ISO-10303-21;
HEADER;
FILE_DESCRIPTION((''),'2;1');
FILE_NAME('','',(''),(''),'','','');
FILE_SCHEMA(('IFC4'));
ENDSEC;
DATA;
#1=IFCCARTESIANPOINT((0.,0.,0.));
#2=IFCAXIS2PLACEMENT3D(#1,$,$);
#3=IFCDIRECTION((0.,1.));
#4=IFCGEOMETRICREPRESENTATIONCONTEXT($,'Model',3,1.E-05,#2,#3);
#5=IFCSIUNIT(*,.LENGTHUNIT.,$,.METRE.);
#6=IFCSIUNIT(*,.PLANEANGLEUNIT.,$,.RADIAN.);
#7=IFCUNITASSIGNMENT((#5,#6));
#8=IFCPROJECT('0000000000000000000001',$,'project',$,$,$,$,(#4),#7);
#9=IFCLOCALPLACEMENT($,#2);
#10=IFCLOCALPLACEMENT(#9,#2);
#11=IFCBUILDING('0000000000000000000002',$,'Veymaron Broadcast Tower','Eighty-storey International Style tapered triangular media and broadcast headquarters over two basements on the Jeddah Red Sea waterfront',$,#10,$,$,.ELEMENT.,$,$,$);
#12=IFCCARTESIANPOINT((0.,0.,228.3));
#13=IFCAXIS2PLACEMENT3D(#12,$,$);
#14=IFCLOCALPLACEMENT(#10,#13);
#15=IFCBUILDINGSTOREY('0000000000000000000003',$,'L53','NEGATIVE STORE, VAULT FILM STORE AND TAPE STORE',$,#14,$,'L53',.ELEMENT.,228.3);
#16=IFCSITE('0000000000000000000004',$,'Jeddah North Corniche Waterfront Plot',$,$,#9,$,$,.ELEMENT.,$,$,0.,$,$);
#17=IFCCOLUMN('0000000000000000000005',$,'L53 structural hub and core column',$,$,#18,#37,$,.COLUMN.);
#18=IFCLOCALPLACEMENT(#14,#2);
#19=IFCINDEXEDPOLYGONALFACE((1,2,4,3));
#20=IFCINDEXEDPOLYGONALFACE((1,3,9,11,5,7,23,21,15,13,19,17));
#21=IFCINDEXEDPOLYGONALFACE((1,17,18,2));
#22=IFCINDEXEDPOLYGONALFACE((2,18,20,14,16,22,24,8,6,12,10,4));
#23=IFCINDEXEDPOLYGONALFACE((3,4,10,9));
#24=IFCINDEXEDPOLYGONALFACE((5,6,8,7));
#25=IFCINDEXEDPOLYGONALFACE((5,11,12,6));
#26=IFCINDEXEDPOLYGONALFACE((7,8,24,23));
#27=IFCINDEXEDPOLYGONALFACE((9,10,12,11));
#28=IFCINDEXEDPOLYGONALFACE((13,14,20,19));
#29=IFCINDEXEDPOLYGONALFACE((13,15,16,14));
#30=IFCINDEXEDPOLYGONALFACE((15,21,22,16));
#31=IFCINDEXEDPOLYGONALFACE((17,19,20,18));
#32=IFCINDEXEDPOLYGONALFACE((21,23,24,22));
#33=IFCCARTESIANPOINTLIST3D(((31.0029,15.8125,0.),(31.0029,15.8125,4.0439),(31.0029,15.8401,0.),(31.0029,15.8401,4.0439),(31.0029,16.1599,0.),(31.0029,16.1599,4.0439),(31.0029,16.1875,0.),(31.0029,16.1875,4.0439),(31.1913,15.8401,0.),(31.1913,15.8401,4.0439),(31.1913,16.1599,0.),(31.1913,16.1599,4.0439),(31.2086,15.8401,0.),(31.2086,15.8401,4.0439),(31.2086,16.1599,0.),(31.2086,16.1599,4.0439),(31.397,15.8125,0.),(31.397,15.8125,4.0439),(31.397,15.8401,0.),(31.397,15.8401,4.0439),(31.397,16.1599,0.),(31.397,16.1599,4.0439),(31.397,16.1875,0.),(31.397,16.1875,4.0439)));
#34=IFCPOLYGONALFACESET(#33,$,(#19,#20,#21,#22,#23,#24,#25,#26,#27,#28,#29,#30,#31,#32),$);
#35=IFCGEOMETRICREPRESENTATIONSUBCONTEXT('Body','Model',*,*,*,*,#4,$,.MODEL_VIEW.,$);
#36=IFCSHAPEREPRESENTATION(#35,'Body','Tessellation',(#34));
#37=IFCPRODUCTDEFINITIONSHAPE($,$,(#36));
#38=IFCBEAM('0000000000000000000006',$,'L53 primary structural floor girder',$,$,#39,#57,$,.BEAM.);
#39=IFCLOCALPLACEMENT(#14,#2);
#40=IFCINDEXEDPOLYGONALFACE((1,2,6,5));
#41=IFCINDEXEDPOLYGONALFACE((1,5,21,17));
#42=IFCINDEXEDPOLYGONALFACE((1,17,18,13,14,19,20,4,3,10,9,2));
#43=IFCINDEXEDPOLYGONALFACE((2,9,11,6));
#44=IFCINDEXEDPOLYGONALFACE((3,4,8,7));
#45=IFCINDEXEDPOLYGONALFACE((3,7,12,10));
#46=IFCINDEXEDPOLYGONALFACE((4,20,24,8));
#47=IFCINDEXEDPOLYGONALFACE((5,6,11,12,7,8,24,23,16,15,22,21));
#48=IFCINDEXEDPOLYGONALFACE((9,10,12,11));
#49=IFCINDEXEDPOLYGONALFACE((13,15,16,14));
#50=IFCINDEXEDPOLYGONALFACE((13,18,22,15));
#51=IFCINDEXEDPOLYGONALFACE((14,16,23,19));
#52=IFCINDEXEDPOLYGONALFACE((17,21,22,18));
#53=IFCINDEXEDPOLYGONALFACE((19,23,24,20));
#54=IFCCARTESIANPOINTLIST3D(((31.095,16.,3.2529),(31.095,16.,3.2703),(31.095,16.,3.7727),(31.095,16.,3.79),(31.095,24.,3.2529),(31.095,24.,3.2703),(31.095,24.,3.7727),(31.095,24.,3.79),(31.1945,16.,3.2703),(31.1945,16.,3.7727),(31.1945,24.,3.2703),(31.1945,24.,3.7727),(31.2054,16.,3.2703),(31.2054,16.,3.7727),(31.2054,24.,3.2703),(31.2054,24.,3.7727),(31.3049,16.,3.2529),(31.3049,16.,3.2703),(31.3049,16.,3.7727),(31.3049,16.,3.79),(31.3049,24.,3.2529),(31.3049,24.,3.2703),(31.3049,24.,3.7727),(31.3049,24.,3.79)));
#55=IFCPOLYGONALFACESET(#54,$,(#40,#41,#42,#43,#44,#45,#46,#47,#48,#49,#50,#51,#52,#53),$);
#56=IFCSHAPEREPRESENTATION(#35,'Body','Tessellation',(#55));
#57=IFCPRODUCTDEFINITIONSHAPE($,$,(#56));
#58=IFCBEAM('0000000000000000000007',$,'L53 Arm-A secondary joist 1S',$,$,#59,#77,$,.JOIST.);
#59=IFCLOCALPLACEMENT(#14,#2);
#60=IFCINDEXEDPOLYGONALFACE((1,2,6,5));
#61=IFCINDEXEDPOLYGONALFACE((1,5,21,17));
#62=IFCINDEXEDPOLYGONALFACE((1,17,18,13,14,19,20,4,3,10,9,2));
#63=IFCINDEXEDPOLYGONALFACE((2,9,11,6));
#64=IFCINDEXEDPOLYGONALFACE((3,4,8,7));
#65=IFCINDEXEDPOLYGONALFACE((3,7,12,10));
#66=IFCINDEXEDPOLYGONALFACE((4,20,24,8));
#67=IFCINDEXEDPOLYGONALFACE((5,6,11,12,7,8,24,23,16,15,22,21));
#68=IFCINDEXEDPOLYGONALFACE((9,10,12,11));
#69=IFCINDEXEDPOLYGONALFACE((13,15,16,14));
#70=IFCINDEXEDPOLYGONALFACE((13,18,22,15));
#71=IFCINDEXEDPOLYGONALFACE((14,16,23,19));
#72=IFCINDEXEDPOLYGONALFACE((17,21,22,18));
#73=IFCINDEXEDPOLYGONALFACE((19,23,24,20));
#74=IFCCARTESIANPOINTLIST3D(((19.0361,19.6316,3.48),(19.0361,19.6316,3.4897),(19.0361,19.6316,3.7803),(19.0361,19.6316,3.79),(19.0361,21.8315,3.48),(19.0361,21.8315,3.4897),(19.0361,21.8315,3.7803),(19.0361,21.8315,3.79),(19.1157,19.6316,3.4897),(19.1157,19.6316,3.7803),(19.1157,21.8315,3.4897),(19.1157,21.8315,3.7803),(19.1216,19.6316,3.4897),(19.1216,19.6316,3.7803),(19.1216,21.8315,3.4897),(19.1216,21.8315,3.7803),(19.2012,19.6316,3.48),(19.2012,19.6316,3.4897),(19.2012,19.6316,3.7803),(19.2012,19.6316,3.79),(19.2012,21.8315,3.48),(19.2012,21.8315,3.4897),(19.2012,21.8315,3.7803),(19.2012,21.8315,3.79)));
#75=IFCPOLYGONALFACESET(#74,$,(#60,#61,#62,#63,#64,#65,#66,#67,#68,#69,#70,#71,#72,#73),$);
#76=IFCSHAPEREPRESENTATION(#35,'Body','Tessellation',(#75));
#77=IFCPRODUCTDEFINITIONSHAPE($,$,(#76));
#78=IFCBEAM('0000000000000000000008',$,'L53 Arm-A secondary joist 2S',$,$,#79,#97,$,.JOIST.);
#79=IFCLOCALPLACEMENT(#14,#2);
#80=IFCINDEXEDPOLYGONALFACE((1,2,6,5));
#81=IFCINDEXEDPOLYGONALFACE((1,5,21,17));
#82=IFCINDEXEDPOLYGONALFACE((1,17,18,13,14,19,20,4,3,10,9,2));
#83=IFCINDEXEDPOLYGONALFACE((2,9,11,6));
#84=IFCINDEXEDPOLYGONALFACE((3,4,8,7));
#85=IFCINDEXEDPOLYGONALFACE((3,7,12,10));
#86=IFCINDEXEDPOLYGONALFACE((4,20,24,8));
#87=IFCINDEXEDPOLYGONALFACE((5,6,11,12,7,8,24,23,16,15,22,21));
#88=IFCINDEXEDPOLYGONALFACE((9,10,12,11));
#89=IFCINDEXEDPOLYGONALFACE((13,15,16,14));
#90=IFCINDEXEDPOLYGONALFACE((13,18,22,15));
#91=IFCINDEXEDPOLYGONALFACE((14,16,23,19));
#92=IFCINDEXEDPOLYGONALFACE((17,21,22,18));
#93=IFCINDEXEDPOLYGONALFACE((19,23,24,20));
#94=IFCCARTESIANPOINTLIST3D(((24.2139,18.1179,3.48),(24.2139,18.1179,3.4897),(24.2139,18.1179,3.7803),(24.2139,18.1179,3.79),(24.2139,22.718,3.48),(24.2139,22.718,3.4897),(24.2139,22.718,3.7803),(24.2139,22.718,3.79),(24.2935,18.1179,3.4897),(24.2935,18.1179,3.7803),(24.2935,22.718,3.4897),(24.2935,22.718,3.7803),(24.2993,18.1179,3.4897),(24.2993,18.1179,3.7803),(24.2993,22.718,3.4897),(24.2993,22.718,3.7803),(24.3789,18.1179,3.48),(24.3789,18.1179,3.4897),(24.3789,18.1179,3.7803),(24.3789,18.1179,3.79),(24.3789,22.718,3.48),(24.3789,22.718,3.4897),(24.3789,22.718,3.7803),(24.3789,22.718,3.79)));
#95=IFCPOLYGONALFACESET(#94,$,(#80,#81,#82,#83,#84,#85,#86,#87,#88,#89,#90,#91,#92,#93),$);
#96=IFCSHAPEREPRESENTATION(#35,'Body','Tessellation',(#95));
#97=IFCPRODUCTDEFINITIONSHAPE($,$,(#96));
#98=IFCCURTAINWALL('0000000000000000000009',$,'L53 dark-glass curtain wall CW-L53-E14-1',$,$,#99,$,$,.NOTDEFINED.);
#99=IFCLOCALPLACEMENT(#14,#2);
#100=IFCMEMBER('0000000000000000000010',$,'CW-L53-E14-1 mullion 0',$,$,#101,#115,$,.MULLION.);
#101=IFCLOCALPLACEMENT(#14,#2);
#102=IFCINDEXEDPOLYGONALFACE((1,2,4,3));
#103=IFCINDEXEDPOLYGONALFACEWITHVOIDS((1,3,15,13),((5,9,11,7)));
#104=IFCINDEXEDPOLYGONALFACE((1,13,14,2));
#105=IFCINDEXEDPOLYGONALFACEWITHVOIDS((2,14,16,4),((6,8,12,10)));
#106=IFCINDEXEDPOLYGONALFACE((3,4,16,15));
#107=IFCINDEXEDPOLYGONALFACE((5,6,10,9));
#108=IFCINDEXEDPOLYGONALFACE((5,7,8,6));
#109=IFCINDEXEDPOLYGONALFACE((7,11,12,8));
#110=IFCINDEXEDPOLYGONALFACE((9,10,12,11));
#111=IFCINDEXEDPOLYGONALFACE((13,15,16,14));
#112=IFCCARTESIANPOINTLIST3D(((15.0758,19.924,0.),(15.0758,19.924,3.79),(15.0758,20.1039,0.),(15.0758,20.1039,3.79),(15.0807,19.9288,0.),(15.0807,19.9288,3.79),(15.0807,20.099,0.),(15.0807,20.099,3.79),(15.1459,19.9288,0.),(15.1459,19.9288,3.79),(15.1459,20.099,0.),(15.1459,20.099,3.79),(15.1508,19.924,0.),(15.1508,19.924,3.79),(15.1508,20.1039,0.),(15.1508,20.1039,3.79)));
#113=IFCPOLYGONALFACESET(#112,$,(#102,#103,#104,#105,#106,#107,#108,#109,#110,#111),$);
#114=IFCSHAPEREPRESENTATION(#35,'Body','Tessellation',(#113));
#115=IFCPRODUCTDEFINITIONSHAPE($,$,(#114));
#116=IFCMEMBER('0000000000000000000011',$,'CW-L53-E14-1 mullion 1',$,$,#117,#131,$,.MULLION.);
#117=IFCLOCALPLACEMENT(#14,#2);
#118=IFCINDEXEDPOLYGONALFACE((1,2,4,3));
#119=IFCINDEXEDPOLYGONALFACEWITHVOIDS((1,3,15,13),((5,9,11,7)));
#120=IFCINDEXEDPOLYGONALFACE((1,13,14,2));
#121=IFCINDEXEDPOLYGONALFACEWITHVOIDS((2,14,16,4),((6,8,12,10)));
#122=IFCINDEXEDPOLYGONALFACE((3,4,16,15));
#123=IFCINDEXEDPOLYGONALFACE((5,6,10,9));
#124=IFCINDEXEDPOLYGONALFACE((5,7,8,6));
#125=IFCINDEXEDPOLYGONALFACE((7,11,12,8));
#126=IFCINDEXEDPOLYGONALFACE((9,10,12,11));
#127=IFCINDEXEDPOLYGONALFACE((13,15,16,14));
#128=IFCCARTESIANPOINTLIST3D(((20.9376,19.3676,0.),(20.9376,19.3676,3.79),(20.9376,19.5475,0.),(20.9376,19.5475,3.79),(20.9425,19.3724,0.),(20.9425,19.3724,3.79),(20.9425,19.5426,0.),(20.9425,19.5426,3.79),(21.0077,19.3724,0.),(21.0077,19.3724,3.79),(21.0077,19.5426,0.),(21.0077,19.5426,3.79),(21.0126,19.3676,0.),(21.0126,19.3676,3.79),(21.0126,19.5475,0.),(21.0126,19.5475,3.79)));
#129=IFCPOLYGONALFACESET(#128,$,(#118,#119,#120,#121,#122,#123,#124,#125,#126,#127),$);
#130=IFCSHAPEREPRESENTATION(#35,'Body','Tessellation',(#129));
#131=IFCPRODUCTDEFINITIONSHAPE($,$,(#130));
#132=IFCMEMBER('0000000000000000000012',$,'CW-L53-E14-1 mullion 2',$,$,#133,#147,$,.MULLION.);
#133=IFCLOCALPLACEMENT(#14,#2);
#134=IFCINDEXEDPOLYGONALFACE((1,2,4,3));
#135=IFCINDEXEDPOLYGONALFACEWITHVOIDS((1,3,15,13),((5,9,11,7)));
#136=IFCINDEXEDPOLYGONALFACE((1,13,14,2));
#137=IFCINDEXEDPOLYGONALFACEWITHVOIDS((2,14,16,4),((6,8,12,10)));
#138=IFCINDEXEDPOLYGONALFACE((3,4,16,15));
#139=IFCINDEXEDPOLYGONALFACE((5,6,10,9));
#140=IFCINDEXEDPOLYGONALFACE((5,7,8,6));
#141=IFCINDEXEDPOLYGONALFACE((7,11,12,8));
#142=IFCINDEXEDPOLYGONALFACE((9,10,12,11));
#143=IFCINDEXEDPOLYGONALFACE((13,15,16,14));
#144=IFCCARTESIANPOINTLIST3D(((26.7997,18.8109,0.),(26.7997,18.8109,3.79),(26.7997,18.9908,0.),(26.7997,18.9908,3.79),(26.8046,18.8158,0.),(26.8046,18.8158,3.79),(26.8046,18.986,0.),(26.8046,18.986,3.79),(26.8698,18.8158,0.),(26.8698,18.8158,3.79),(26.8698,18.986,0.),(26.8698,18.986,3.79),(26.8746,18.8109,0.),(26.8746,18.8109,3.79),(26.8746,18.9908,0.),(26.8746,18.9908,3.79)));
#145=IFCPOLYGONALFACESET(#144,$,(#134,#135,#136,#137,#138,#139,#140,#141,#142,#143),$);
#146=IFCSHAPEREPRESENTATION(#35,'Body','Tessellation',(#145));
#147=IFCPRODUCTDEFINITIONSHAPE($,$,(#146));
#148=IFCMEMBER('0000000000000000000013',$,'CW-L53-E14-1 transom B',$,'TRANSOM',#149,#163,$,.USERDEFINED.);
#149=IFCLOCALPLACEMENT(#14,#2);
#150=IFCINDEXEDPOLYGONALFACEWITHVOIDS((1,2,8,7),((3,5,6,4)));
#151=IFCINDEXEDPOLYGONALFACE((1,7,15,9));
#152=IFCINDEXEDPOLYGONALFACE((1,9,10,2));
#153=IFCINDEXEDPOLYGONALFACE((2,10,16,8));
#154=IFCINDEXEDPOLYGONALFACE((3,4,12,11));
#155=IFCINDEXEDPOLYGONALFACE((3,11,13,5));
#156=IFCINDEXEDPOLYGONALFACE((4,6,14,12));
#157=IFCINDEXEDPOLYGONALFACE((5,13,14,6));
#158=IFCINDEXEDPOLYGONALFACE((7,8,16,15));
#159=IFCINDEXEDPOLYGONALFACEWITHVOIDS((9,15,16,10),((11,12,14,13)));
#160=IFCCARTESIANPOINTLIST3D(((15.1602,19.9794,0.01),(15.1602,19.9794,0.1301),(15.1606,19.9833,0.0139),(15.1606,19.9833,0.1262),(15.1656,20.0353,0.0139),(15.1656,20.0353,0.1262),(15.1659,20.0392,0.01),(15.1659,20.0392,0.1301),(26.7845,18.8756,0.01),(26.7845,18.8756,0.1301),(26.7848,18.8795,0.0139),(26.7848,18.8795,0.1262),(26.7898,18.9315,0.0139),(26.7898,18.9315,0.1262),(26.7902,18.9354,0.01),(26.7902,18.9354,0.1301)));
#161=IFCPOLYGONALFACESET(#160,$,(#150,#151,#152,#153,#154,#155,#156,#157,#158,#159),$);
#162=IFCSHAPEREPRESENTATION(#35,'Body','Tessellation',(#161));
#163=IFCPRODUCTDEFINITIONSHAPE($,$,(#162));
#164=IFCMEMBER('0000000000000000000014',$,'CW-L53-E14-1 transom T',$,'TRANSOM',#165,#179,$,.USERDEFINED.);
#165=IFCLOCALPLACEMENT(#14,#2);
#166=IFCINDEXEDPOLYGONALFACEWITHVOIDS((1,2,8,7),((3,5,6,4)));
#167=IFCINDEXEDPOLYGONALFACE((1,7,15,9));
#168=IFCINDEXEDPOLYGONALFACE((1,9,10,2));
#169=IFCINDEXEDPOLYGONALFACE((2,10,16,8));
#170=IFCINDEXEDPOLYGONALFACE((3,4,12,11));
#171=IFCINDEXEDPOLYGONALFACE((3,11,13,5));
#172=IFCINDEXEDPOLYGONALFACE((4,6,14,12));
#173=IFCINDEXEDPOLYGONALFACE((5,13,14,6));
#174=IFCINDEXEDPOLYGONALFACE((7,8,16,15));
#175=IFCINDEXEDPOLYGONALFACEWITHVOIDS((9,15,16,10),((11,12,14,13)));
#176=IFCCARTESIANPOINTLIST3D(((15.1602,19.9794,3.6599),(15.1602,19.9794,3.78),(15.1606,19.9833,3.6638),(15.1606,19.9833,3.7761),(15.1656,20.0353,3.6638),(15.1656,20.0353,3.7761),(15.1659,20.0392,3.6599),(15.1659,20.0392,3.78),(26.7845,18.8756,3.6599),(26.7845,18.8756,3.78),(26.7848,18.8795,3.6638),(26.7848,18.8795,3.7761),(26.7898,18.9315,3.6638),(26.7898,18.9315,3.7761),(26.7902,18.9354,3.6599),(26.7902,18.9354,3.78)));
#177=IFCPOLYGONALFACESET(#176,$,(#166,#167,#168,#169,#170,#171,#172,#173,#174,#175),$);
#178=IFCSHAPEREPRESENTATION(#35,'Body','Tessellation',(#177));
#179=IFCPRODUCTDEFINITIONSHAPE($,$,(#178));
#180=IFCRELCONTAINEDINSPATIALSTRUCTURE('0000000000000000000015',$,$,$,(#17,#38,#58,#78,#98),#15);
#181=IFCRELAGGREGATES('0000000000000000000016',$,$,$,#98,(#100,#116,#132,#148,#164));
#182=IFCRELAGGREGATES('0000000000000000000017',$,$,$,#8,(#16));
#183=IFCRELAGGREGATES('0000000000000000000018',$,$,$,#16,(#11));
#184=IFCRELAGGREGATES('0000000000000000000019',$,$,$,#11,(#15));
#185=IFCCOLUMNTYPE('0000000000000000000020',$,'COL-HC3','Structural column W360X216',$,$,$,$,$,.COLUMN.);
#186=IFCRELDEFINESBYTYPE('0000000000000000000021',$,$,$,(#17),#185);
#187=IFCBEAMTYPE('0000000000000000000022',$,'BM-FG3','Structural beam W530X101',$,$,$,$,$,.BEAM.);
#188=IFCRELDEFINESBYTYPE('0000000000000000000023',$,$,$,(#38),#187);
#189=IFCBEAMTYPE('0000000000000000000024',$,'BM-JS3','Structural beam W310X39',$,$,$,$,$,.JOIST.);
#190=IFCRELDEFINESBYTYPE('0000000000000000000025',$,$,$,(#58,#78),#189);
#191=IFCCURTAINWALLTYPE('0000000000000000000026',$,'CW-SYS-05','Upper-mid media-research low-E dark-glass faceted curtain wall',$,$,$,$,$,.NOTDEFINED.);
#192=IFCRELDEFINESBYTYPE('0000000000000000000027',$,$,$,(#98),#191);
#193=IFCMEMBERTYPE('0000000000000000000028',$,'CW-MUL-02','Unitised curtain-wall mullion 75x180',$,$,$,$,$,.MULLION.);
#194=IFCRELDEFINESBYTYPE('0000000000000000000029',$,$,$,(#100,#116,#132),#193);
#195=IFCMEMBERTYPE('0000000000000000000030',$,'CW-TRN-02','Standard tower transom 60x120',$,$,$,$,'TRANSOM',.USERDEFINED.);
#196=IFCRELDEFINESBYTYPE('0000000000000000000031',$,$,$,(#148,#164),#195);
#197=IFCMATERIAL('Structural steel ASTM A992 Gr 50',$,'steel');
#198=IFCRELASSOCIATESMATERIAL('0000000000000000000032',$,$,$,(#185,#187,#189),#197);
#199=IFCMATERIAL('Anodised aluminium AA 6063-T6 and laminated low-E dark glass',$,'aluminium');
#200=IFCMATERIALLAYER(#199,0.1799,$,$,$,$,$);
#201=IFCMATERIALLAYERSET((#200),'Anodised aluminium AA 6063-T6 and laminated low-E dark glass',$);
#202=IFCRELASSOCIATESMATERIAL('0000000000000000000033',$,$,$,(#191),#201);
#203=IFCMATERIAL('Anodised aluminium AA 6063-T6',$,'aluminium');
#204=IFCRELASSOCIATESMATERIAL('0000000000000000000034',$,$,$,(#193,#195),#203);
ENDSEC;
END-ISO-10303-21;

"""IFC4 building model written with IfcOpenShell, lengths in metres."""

from ifc_helpers import new_model, si_unit, direction, frame, origin, origin_2d, place, context, subcontext, project, spatial, hollow_rectangle, i_section, extrude, material, layer, layer_set, material_profile, profile_set, type_object, element, aggregate, save


model = new_model("IFC4")

# Units and contexts
model_context = context("Model", 3, precision=1e-05, world=origin(), true_north=direction((0.0, 1.0)))
body_context = subcontext(model_context, "Body", "Model", "MODEL_VIEW")
ifc_project = project(units=[si_unit("LENGTHUNIT", "METRE"), si_unit("PLANEANGLEUNIT", "RADIAN")], contexts=[model_context])

# Site, building, storey
site_placement = place(None, origin())
site = spatial("IfcSite", under=ifc_project, at=site_placement, Name="Jeddah North Corniche Waterfront Plot", CompositionType="ELEMENT", RefElevation=0.0)
building_placement = place(site_placement, origin())
building = spatial("IfcBuilding", under=site, at=building_placement, Name="Veymaron Broadcast Tower", Description="Eighty-storey International Style tapered triangular media and broadcast headquarters over two basements on the Jeddah Red Sea waterfront", CompositionType="ELEMENT")
storey_placement = place(building_placement, frame((0.0, 0.0, 228.3)))
storey = spatial("IfcBuildingStorey", under=building, at=storey_placement, Name="L53", Description="NEGATIVE STORE, VAULT FILM STORE AND TAPE STORE", LongName="L53", CompositionType="ELEMENT", Elevation=228.3)

# Column
ifc_material_1 = material(Name="Structural steel ASTM A992 Gr 50", Category="steel")
ifc_material_profile_1 = material_profile(ifc_material_1, i_section(OverallWidth=0.394, OverallDepth=0.375, WebThickness=0.0173, FlangeThickness=0.0276, at=origin_2d()), Name="W360X216")
ifc_profile_set_1 = profile_set([ifc_material_profile_1], Name="Structural steel ASTM A992 Gr 50")
column_type = type_object("IfcColumnType", Name="COL-HC3", Description="Structural column W360X216", PredefinedType="COLUMN", material=ifc_profile_set_1)
column_placement = place(storey_placement, frame((31.2, 16.0, 0.0), z_axis=(0.0, 0.0, 1.0), x_axis=(1.0, 0.0, 0.0)))
element("IfcColumn", 1, at=column_placement, inside=storey, type_object=column_type, Name="L53 structural hub and core column", PredefinedType="COLUMN", context=body_context, shape_type="SweptSolid", body=[
    extrude(i_section(OverallWidth=0.394, OverallDepth=0.375, WebThickness=0.0173, FlangeThickness=0.0276, at=origin_2d()), origin(), (0.0, 0.0, 1.0), 4.0439),
])

# Beams
ifc_material_profile_2 = material_profile(ifc_material_1, i_section(OverallWidth=0.21, OverallDepth=0.5371, WebThickness=0.011, FlangeThickness=0.0173, at=origin_2d()), Name="W530X101")
ifc_profile_set_2 = profile_set([ifc_material_profile_2], Name="Structural steel ASTM A992 Gr 50")
beam_type_1 = type_object("IfcBeamType", Name="BM-FG3", Description="Structural beam W530X101", PredefinedType="BEAM", material=ifc_profile_set_2)
beam_1_placement = place(storey_placement, frame((31.2, 16.0, 3.5215), z_axis=(0.0, 1.0, 0.0), x_axis=(-1.0, 0.0, 0.0)))
element("IfcBeam", 2, at=beam_1_placement, inside=storey, type_object=beam_type_1, Name="L53 primary structural floor girder", PredefinedType="BEAM", context=body_context, shape_type="SweptSolid", body=[
    extrude(i_section(OverallWidth=0.21, OverallDepth=0.5371, WebThickness=0.011, FlangeThickness=0.0173, at=origin_2d()), origin(), (0.0, 0.0, 1.0), 8.0),
])
ifc_material_profile_3 = material_profile(ifc_material_1, i_section(OverallWidth=0.165, OverallDepth=0.3101, WebThickness=0.0059, FlangeThickness=0.0098, at=origin_2d()), Name="W310X39")
ifc_profile_set_3 = profile_set([ifc_material_profile_3], Name="Structural steel ASTM A992 Gr 50")
beam_type_2 = type_object("IfcBeamType", Name="BM-JS3", Description="Structural beam W310X39", PredefinedType="JOIST", material=ifc_profile_set_3)
beam_2_placement = place(storey_placement, frame((19.1187, 19.6316, 3.635), z_axis=(0.0, 1.0, 0.0), x_axis=(-1.0, 0.0, 0.0)))
element("IfcBeam", 3, at=beam_2_placement, inside=storey, type_object=beam_type_2, Name="L53 Arm-A secondary joist 1S", PredefinedType="JOIST", context=body_context, shape_type="SweptSolid", body=[
    extrude(i_section(OverallWidth=0.165, OverallDepth=0.3101, WebThickness=0.0059, FlangeThickness=0.0098, at=origin_2d()), origin(), (0.0, 0.0, 1.0), 2.2),
])
beam_3_placement = place(storey_placement, frame((24.2964, 18.1179, 3.635), z_axis=(0.0, 1.0, 0.0), x_axis=(-1.0, 0.0, 0.0)))
element("IfcBeam", 4, at=beam_3_placement, inside=storey, type_object=beam_type_2, Name="L53 Arm-A secondary joist 2S", PredefinedType="JOIST", context=body_context, shape_type="SweptSolid", body=[
    extrude(i_section(OverallWidth=0.165, OverallDepth=0.3101, WebThickness=0.0059, FlangeThickness=0.0098, at=origin_2d()), origin(), (0.0, 0.0, 1.0), 4.6001),
])

# Curtain wall, members
ifc_material_2 = material(Name="Anodised aluminium AA 6063-T6 and laminated low-E dark glass", Category="aluminium")
ifc_layer_1 = layer(ifc_material_2, 0.1799)
ifc_layer_set_1 = layer_set([ifc_layer_1], Name="Anodised aluminium AA 6063-T6 and laminated low-E dark glass")
curtain_wall_type = type_object("IfcCurtainWallType", Name="CW-SYS-05", Description="Upper-mid media-research low-E dark-glass faceted curtain wall", PredefinedType="NOTDEFINED", material=ifc_layer_set_1)
curtain_wall_placement = place(storey_placement, origin())
curtain_wall = element("IfcCurtainWall", 5, at=curtain_wall_placement, inside=storey, type_object=curtain_wall_type, Name="L53 dark-glass curtain wall CW-L53-E14-1", PredefinedType="NOTDEFINED")
ifc_material_3 = material(Name="Anodised aluminium AA 6063-T6", Category="aluminium")
ifc_material_profile_4 = material_profile(ifc_material_3, hollow_rectangle(XDim=0.075, YDim=0.1799, WallThickness=0.0049, at=origin_2d()), Name="AL180X75X5")
ifc_profile_set_4 = profile_set([ifc_material_profile_4], Name="Anodised aluminium AA 6063-T6")
member_type_1 = type_object("IfcMemberType", Name="CW-MUL-02", Description="Unitised curtain-wall mullion 75x180", PredefinedType="MULLION", material=ifc_profile_set_4)
member_1_placement = place(storey_placement, frame((15.1133, 20.0139, 0.0), z_axis=(0.0, 0.0, 1.0), x_axis=(1.0, 0.0, 0.0)))
member_1 = element("IfcMember", 6, at=member_1_placement, type_object=member_type_1, Name="CW-L53-E14-1 mullion 0", PredefinedType="MULLION", context=body_context, shape_type="SweptSolid", body=[
    extrude(hollow_rectangle(XDim=0.075, YDim=0.1799, WallThickness=0.0049, at=origin_2d()), origin(), (0.0, 0.0, 1.0), 3.79),
])
member_2_placement = place(storey_placement, frame((20.9751, 19.4575, 0.0), z_axis=(0.0, 0.0, 1.0), x_axis=(1.0, 0.0, 0.0)))
member_2 = element("IfcMember", 7, at=member_2_placement, type_object=member_type_1, Name="CW-L53-E14-1 mullion 1", PredefinedType="MULLION", context=body_context, shape_type="SweptSolid", body=[
    extrude(hollow_rectangle(XDim=0.075, YDim=0.1799, WallThickness=0.0049, at=origin_2d()), origin(), (0.0, 0.0, 1.0), 3.79),
])
member_3_placement = place(storey_placement, frame((26.8372, 18.9009, 0.0), z_axis=(0.0, 0.0, 1.0), x_axis=(1.0, 0.0, 0.0)))
member_3 = element("IfcMember", 8, at=member_3_placement, type_object=member_type_1, Name="CW-L53-E14-1 mullion 2", PredefinedType="MULLION", context=body_context, shape_type="SweptSolid", body=[
    extrude(hollow_rectangle(XDim=0.075, YDim=0.1799, WallThickness=0.0049, at=origin_2d()), origin(), (0.0, 0.0, 1.0), 3.79),
])
ifc_material_profile_5 = material_profile(ifc_material_3, hollow_rectangle(XDim=0.0601, YDim=0.1201, WallThickness=0.0039, at=origin_2d()), Name="AL120X60X4")
ifc_profile_set_5 = profile_set([ifc_material_profile_5], Name="Anodised aluminium AA 6063-T6")
member_type_2 = type_object("IfcMemberType", Name="CW-TRN-02", Description="Standard tower transom 60x120", ElementType="TRANSOM", PredefinedType="USERDEFINED", material=ifc_profile_set_5)
member_4_placement = place(storey_placement, frame((15.1631, 20.0093, 0.0701), z_axis=(0.995522, -0.094528, 0.0), x_axis=(0.094528, 0.995522, 0.0)))
member_4 = element("IfcMember", 9, at=member_4_placement, type_object=member_type_2, Name="CW-L53-E14-1 transom B", ObjectType="TRANSOM", PredefinedType="USERDEFINED", context=body_context, shape_type="SweptSolid", body=[
    extrude(hollow_rectangle(XDim=0.0601, YDim=0.1201, WallThickness=0.0039, at=origin_2d()), origin(), (0.0, 0.0, 1.0), 11.6765),
])
member_5_placement = place(storey_placement, frame((15.1631, 20.0093, 3.72), z_axis=(0.995522, -0.094528, 0.0), x_axis=(0.094528, 0.995522, 0.0)))
member_5 = element("IfcMember", 10, at=member_5_placement, type_object=member_type_2, Name="CW-L53-E14-1 transom T", ObjectType="TRANSOM", PredefinedType="USERDEFINED", context=body_context, shape_type="SweptSolid", body=[
    extrude(hollow_rectangle(XDim=0.0601, YDim=0.1201, WallThickness=0.0039, at=origin_2d()), origin(), (0.0, 0.0, 1.0), 11.6765),
])
aggregate(curtain_wall, [member_1, member_2, member_3, member_4, member_5])

save(model, "model.ifc")
